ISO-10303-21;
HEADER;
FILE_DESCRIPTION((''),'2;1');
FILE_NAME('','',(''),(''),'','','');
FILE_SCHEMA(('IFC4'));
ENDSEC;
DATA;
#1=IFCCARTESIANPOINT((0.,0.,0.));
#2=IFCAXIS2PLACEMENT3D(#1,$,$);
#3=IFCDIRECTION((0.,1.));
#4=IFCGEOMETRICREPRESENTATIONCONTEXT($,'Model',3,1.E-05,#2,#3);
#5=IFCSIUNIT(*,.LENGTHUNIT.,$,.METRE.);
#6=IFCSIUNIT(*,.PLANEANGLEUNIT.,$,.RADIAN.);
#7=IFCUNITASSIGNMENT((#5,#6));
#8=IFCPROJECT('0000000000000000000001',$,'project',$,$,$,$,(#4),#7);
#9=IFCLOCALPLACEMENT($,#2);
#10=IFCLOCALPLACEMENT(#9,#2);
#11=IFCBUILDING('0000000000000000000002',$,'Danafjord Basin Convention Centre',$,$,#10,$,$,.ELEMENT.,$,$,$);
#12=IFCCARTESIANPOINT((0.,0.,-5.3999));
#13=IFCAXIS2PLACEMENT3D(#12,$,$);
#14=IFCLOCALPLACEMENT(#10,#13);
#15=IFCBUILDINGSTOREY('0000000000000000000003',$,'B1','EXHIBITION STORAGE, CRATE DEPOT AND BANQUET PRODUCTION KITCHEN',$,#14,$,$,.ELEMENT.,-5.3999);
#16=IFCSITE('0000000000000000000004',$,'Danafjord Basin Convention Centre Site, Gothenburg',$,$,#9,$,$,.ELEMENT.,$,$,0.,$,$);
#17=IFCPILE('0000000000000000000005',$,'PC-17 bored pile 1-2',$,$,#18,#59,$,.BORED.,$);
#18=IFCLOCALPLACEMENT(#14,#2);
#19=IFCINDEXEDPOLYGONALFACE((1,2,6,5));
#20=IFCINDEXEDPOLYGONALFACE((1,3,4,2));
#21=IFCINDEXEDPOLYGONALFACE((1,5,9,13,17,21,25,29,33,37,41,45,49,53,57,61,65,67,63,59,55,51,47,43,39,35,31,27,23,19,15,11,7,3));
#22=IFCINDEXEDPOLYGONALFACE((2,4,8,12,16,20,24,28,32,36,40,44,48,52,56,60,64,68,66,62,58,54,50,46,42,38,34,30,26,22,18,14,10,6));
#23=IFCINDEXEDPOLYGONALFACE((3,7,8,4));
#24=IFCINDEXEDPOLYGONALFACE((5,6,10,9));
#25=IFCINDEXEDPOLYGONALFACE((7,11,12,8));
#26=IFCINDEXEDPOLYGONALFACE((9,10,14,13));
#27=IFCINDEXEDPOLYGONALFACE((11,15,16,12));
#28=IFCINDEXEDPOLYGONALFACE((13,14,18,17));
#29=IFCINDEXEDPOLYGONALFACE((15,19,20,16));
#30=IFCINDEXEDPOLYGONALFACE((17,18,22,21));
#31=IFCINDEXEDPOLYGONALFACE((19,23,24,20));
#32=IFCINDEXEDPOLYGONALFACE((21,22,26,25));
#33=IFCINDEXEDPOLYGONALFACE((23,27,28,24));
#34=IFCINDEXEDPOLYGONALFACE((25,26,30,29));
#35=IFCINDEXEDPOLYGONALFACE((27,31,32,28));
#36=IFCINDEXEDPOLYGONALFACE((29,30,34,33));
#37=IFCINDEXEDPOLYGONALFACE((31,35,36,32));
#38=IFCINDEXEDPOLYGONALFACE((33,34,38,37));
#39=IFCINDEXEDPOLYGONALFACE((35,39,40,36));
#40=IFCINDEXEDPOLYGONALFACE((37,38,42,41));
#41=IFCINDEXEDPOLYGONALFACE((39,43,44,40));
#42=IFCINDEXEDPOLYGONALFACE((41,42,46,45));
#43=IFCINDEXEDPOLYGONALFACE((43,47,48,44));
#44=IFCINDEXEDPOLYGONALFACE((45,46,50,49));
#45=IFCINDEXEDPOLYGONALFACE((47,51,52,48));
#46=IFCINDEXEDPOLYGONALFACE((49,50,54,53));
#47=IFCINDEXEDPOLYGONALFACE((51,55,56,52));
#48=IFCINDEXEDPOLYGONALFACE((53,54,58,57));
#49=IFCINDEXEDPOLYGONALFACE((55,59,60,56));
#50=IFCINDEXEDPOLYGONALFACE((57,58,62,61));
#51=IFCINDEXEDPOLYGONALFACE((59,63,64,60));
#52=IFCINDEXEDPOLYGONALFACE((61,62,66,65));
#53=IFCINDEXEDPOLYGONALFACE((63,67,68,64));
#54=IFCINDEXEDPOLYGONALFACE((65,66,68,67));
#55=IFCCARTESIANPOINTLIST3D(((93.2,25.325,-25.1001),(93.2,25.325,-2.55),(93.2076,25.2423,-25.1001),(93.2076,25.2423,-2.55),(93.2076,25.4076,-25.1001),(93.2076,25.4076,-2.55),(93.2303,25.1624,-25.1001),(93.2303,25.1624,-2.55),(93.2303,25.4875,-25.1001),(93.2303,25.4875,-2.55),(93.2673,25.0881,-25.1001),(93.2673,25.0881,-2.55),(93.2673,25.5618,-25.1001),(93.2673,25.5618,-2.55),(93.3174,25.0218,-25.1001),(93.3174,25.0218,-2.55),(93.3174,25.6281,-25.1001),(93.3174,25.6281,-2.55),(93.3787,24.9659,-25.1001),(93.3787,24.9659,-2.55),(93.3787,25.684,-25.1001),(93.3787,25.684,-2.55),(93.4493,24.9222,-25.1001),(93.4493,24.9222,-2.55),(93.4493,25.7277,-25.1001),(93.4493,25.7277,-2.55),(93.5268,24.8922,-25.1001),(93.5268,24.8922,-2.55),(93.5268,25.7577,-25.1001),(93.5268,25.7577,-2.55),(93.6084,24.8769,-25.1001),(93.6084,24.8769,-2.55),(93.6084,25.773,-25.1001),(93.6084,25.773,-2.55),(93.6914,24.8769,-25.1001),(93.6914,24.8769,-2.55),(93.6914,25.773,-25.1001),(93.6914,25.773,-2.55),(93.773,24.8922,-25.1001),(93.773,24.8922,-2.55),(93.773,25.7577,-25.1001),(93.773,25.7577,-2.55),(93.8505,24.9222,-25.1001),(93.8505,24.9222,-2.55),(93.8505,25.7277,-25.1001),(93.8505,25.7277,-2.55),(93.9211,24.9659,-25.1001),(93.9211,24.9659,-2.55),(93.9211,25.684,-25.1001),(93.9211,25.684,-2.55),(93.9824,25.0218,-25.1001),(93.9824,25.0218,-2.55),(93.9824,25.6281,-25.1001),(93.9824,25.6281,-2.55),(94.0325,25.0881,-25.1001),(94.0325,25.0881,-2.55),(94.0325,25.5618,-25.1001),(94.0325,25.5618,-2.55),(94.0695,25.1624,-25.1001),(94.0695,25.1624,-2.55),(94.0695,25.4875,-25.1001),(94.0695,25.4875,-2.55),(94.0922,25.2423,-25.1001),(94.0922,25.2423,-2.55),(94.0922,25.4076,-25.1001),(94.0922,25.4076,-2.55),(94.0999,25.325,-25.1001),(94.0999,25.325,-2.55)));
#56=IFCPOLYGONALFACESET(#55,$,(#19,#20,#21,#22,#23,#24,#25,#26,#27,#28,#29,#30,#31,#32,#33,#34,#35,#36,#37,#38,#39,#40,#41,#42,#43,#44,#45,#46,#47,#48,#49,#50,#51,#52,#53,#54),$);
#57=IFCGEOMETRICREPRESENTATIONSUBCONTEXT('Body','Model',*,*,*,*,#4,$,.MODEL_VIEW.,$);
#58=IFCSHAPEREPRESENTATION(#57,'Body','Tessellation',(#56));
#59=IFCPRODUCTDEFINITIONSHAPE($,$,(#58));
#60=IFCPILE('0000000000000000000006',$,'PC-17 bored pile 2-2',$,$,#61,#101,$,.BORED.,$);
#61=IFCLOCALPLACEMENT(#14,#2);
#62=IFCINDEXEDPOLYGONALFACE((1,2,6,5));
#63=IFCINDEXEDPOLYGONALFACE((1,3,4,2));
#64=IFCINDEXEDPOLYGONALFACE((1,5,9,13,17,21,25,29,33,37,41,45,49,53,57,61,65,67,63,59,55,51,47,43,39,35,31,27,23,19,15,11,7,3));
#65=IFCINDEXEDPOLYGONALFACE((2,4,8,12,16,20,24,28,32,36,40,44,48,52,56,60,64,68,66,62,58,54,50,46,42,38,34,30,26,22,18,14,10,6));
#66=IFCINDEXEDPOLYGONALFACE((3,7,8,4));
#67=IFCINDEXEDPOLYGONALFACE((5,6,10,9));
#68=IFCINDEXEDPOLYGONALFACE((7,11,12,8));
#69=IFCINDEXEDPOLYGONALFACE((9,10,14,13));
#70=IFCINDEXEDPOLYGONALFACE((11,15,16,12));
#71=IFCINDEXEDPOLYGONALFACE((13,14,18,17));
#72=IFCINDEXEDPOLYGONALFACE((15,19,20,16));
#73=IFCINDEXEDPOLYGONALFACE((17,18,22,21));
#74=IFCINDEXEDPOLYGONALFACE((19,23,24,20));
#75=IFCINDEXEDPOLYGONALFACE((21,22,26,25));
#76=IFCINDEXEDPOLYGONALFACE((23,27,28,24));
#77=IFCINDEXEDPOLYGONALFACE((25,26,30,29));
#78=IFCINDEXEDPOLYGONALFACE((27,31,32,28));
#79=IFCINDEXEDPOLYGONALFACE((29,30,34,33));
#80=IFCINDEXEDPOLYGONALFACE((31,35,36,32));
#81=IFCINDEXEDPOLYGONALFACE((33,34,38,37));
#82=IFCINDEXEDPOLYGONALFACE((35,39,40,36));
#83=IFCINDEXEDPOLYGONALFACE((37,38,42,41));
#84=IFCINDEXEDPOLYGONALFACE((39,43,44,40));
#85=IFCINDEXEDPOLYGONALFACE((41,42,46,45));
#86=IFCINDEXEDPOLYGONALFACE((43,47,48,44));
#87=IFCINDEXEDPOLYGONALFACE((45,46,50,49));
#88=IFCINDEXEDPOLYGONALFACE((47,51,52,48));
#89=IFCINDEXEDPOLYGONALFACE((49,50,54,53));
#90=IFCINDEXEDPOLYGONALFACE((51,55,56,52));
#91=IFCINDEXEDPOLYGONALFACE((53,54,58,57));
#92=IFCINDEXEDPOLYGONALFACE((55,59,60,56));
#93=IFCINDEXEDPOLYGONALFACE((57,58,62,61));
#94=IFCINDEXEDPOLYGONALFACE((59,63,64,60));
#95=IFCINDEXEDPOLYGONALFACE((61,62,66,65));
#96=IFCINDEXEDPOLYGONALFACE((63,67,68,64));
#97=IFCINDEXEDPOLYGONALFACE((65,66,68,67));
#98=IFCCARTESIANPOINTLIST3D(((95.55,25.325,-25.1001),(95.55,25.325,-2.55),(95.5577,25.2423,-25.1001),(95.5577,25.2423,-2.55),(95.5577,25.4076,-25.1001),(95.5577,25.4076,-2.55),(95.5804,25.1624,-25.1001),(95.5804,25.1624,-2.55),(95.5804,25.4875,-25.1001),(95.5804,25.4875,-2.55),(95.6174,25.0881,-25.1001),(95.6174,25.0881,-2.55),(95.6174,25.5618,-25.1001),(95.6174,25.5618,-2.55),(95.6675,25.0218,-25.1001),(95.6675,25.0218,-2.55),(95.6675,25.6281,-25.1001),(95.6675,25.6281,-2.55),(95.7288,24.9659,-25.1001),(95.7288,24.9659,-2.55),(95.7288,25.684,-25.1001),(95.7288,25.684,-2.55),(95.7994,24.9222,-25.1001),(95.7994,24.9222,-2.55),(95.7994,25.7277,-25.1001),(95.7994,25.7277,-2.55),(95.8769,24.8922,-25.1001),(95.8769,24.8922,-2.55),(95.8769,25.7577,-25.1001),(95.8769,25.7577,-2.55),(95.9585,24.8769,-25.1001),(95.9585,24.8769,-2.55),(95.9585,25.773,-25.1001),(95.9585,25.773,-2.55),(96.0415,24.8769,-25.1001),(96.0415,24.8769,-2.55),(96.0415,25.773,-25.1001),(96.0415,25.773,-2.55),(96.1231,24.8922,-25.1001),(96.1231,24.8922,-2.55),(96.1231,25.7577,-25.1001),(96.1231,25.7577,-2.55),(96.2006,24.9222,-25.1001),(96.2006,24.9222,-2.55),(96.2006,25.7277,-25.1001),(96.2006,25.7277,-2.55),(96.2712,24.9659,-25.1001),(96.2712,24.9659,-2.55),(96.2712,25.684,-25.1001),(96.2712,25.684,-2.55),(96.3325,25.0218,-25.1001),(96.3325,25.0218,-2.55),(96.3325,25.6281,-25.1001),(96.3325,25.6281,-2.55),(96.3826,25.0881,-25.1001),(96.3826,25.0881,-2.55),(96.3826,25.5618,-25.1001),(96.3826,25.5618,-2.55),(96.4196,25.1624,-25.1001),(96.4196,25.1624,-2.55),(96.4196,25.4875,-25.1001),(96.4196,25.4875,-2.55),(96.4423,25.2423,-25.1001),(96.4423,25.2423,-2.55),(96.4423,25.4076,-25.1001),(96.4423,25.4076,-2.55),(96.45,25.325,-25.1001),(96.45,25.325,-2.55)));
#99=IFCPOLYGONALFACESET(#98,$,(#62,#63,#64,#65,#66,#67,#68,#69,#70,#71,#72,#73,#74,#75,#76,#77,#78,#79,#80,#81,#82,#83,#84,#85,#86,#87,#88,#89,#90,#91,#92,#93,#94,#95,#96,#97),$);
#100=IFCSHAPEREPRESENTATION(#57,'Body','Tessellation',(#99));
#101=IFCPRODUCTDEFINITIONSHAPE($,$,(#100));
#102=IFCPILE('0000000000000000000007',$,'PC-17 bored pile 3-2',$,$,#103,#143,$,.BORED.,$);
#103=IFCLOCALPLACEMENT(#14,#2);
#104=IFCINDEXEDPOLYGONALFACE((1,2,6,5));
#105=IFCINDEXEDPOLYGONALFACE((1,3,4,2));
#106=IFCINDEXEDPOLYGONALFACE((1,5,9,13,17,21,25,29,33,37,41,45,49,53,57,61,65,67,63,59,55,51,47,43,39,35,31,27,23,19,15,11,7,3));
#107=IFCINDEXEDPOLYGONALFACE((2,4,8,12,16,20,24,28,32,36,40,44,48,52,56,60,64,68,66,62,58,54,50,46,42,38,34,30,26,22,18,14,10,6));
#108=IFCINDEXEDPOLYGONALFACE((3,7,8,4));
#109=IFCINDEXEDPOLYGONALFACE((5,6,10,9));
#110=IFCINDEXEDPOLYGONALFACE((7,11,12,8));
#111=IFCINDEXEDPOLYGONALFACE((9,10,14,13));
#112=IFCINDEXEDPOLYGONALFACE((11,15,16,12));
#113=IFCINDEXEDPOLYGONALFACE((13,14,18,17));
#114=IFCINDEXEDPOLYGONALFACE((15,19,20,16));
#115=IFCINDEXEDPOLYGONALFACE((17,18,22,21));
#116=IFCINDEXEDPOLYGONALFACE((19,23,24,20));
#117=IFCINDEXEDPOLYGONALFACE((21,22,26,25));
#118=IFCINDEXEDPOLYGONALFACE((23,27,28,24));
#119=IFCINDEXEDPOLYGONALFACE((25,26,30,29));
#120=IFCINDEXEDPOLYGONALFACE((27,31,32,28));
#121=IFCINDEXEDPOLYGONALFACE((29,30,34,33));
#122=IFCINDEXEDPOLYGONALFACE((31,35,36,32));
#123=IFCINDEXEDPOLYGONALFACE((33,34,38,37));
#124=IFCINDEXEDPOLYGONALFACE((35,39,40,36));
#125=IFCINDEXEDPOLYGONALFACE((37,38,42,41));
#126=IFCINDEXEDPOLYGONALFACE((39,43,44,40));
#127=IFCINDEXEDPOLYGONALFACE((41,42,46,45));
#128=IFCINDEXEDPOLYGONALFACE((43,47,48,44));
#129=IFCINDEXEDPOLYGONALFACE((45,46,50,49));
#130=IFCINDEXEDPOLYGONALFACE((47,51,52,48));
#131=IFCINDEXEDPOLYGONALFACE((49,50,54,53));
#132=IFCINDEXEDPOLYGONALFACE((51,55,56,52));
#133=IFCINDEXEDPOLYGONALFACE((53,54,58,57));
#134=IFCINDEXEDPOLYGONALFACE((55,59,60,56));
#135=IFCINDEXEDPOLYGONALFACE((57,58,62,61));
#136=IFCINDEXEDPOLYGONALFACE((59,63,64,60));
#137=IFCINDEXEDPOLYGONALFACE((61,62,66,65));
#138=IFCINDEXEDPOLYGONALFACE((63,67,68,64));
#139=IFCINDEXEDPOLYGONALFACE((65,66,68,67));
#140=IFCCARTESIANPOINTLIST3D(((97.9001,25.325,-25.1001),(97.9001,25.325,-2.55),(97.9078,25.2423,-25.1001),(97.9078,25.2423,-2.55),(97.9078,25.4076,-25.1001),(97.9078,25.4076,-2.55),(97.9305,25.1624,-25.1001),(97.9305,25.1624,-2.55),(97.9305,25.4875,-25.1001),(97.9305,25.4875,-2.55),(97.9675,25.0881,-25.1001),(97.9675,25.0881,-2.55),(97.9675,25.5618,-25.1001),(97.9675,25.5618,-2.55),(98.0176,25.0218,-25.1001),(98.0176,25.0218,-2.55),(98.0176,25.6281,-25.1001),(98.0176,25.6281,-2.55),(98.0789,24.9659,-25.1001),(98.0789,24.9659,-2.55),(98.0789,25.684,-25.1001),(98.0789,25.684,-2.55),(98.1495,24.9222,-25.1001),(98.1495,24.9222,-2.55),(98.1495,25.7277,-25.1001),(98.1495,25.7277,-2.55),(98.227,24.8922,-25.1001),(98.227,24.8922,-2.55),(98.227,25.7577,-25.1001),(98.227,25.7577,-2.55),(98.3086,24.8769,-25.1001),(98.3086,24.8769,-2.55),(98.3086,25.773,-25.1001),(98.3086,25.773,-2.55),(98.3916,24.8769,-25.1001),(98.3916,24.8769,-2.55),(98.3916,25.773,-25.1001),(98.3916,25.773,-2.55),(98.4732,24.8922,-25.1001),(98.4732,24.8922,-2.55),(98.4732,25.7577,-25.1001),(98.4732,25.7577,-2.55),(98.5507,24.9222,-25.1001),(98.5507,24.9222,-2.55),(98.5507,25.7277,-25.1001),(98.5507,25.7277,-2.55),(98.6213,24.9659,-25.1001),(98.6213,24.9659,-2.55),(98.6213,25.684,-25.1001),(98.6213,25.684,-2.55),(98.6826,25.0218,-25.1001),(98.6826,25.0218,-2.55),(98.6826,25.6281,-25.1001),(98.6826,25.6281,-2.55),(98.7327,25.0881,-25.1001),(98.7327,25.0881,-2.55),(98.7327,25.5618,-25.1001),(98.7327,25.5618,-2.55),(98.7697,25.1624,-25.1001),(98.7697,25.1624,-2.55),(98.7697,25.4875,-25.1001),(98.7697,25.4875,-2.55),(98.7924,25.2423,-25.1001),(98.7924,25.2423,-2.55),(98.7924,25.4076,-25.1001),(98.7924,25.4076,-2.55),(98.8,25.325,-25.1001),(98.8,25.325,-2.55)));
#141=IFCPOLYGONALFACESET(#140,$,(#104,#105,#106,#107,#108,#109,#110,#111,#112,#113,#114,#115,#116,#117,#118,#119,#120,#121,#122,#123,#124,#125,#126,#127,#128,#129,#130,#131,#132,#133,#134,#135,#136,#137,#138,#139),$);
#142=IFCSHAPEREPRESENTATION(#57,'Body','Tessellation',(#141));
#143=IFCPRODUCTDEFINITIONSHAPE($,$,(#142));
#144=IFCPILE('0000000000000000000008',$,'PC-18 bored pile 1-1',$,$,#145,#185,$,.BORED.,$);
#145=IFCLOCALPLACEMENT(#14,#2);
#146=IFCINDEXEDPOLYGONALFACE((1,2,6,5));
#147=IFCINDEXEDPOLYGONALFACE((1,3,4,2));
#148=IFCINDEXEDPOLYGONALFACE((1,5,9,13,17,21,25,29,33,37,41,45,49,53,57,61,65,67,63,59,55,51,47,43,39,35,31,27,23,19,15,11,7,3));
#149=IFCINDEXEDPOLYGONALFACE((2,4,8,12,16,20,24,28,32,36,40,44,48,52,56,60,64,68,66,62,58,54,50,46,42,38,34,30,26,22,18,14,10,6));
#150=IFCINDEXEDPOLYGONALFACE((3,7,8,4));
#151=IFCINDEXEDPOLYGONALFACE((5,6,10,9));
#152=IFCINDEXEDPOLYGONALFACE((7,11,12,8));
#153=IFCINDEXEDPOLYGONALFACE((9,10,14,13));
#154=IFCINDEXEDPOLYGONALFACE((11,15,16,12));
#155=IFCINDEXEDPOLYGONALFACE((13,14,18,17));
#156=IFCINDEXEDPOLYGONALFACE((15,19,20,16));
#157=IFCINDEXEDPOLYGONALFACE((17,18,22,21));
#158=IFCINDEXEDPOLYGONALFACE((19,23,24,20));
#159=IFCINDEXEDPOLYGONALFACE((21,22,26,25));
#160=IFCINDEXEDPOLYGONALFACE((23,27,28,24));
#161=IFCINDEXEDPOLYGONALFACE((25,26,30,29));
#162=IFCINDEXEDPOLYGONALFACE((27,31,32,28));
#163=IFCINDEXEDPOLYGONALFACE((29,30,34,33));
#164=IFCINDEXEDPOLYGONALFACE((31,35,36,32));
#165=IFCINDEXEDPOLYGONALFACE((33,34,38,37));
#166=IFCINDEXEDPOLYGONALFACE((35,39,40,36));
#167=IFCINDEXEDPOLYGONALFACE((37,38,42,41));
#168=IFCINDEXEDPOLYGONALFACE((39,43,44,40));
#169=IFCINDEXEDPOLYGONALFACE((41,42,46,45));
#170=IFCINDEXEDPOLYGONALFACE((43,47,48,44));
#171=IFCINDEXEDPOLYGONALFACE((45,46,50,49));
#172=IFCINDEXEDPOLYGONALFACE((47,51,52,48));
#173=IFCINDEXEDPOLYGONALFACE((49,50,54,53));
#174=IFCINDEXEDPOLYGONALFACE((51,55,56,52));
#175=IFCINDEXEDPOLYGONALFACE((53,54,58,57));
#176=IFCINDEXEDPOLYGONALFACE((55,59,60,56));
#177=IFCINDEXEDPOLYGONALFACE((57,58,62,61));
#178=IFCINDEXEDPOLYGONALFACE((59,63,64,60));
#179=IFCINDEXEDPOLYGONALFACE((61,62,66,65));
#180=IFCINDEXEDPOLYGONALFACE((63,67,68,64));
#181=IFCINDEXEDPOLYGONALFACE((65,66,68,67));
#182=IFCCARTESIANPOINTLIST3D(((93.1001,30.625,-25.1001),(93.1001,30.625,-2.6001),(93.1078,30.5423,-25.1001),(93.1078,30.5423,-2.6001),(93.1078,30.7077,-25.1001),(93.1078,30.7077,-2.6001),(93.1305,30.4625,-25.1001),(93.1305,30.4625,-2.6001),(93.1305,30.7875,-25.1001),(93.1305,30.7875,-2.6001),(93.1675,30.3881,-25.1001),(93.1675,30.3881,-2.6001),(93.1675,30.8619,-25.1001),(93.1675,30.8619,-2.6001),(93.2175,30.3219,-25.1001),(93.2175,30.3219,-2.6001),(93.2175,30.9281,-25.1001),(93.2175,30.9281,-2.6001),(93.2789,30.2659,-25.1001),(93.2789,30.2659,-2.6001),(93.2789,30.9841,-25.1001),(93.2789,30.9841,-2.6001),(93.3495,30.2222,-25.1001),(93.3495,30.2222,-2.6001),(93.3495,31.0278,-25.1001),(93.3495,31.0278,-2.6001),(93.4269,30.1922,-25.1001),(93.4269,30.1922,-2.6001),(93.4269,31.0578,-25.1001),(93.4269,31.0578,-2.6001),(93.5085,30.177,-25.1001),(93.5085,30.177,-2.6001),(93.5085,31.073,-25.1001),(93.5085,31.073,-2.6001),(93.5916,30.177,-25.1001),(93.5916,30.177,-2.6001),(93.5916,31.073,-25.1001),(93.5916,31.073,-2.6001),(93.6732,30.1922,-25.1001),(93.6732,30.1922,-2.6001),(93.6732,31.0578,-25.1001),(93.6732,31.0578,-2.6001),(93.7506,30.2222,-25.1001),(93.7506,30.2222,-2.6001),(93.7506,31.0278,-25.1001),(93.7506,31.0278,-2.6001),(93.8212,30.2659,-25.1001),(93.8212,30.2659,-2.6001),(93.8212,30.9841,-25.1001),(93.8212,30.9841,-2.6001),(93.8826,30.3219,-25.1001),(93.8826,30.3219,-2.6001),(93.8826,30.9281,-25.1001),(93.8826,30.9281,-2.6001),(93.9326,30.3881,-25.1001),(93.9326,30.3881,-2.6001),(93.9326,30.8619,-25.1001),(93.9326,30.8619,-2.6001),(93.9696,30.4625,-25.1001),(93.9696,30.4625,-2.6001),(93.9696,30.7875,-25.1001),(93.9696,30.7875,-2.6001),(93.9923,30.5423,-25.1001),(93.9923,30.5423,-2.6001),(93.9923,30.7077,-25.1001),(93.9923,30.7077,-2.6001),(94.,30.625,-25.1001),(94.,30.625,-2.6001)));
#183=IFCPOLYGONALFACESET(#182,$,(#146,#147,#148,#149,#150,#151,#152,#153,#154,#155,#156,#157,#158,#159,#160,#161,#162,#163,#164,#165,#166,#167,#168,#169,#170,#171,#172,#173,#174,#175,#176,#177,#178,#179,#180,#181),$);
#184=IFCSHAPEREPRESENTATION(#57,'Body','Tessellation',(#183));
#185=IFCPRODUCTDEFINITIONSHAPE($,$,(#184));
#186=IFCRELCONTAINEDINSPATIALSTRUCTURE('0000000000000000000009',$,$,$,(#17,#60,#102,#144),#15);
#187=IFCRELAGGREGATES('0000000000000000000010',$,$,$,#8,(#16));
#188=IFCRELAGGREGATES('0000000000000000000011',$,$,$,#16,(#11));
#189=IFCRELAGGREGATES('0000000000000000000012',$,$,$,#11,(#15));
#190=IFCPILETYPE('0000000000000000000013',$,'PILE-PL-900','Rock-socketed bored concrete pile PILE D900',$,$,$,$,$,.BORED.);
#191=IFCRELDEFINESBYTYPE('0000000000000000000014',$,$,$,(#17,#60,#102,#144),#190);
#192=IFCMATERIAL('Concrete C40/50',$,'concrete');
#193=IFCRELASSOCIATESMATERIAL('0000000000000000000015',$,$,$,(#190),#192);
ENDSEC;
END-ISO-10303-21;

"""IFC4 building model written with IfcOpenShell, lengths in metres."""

from ifc_helpers import new_model, si_unit, direction, frame, origin, origin_2d, place, context, subcontext, project, spatial, circle, extrude, material, material_profile, profile_set, type_object, element, save


model = new_model("IFC4")

# Units and contexts
model_context = context("Model", 3, precision=1e-05, world=origin(), true_north=direction((0.0, 1.0)))
body_context = subcontext(model_context, "Body", "Model", "MODEL_VIEW")
ifc_project = project(units=[si_unit("LENGTHUNIT", "METRE"), si_unit("PLANEANGLEUNIT", "RADIAN")], contexts=[model_context])

# Site, building, storey
site_placement = place(None, origin())
site = spatial("IfcSite", under=ifc_project, at=site_placement, Name="Danafjord Basin Convention Centre Site, Gothenburg", CompositionType="ELEMENT", RefElevation=0.0)
building_placement = place(site_placement, origin())
building = spatial("IfcBuilding", under=site, at=building_placement, Name="Danafjord Basin Convention Centre", CompositionType="ELEMENT")
storey_placement = place(building_placement, frame((0.0, 0.0, -5.3999)))
storey = spatial("IfcBuildingStorey", under=building, at=storey_placement, Name="B1", Description="EXHIBITION STORAGE, CRATE DEPOT AND BANQUET PRODUCTION KITCHEN", CompositionType="ELEMENT", Elevation=-5.3999)

# Shared definitions
ifc_material_1 = material(Name="Concrete C40/50", Category="concrete")

# Piles
ifc_material_profile_1 = material_profile(ifc_material_1, circle(Radius=0.45, at=origin_2d()), Name="PILE D900")
ifc_profile_set_1 = profile_set([ifc_material_profile_1], Name="Concrete C40/50")
pile_type_1 = type_object("IfcPileType", Name="PILE-PL-900", Description="Rock-socketed bored concrete pile PILE D900", PredefinedType="BORED", material=ifc_profile_set_1)
for number, where, z_axis, x_axis, name in (
    (1, (93.6499, 25.325, -2.55), (0.0, 0.0, -1.0), (1.0, 0.0, 0.0), "PC-17 bored pile 1-2"),
    (2, (96.0, 25.325, -2.55), (0.0, 0.0, -1.0), (1.0, 0.0, 0.0), "PC-17 bored pile 2-2"),
    (3, (98.3501, 25.325, -2.55), (0.0, 0.0, -1.0), (1.0, 0.0, 0.0), "PC-17 bored pile 3-2"),
):
    element("IfcPile", number, at=place(storey_placement, frame(where, z_axis=z_axis, x_axis=x_axis)), inside=storey, type_object=pile_type_1, Name=name, PredefinedType="BORED", context=body_context, shape_type="SweptSolid", body=[
        extrude(circle(Radius=0.45, at=origin_2d()), origin(), (0.0, 0.0, 1.0), 22.55),
    ])
for number, where, z_axis, x_axis, name in (
    (4, (93.55, 30.625, -2.6001), (0.0, 0.0, -1.0), (1.0, 0.0, 0.0), "PC-18 bored pile 1-1"),
):
    element("IfcPile", number, at=place(storey_placement, frame(where, z_axis=z_axis, x_axis=x_axis)), inside=storey, type_object=pile_type_1, Name=name, PredefinedType="BORED", context=body_context, shape_type="SweptSolid", body=[
        extrude(circle(Radius=0.45, at=origin_2d()), origin(), (0.0, 0.0, 1.0), 22.5),
    ])

save(model, "model.ifc")
